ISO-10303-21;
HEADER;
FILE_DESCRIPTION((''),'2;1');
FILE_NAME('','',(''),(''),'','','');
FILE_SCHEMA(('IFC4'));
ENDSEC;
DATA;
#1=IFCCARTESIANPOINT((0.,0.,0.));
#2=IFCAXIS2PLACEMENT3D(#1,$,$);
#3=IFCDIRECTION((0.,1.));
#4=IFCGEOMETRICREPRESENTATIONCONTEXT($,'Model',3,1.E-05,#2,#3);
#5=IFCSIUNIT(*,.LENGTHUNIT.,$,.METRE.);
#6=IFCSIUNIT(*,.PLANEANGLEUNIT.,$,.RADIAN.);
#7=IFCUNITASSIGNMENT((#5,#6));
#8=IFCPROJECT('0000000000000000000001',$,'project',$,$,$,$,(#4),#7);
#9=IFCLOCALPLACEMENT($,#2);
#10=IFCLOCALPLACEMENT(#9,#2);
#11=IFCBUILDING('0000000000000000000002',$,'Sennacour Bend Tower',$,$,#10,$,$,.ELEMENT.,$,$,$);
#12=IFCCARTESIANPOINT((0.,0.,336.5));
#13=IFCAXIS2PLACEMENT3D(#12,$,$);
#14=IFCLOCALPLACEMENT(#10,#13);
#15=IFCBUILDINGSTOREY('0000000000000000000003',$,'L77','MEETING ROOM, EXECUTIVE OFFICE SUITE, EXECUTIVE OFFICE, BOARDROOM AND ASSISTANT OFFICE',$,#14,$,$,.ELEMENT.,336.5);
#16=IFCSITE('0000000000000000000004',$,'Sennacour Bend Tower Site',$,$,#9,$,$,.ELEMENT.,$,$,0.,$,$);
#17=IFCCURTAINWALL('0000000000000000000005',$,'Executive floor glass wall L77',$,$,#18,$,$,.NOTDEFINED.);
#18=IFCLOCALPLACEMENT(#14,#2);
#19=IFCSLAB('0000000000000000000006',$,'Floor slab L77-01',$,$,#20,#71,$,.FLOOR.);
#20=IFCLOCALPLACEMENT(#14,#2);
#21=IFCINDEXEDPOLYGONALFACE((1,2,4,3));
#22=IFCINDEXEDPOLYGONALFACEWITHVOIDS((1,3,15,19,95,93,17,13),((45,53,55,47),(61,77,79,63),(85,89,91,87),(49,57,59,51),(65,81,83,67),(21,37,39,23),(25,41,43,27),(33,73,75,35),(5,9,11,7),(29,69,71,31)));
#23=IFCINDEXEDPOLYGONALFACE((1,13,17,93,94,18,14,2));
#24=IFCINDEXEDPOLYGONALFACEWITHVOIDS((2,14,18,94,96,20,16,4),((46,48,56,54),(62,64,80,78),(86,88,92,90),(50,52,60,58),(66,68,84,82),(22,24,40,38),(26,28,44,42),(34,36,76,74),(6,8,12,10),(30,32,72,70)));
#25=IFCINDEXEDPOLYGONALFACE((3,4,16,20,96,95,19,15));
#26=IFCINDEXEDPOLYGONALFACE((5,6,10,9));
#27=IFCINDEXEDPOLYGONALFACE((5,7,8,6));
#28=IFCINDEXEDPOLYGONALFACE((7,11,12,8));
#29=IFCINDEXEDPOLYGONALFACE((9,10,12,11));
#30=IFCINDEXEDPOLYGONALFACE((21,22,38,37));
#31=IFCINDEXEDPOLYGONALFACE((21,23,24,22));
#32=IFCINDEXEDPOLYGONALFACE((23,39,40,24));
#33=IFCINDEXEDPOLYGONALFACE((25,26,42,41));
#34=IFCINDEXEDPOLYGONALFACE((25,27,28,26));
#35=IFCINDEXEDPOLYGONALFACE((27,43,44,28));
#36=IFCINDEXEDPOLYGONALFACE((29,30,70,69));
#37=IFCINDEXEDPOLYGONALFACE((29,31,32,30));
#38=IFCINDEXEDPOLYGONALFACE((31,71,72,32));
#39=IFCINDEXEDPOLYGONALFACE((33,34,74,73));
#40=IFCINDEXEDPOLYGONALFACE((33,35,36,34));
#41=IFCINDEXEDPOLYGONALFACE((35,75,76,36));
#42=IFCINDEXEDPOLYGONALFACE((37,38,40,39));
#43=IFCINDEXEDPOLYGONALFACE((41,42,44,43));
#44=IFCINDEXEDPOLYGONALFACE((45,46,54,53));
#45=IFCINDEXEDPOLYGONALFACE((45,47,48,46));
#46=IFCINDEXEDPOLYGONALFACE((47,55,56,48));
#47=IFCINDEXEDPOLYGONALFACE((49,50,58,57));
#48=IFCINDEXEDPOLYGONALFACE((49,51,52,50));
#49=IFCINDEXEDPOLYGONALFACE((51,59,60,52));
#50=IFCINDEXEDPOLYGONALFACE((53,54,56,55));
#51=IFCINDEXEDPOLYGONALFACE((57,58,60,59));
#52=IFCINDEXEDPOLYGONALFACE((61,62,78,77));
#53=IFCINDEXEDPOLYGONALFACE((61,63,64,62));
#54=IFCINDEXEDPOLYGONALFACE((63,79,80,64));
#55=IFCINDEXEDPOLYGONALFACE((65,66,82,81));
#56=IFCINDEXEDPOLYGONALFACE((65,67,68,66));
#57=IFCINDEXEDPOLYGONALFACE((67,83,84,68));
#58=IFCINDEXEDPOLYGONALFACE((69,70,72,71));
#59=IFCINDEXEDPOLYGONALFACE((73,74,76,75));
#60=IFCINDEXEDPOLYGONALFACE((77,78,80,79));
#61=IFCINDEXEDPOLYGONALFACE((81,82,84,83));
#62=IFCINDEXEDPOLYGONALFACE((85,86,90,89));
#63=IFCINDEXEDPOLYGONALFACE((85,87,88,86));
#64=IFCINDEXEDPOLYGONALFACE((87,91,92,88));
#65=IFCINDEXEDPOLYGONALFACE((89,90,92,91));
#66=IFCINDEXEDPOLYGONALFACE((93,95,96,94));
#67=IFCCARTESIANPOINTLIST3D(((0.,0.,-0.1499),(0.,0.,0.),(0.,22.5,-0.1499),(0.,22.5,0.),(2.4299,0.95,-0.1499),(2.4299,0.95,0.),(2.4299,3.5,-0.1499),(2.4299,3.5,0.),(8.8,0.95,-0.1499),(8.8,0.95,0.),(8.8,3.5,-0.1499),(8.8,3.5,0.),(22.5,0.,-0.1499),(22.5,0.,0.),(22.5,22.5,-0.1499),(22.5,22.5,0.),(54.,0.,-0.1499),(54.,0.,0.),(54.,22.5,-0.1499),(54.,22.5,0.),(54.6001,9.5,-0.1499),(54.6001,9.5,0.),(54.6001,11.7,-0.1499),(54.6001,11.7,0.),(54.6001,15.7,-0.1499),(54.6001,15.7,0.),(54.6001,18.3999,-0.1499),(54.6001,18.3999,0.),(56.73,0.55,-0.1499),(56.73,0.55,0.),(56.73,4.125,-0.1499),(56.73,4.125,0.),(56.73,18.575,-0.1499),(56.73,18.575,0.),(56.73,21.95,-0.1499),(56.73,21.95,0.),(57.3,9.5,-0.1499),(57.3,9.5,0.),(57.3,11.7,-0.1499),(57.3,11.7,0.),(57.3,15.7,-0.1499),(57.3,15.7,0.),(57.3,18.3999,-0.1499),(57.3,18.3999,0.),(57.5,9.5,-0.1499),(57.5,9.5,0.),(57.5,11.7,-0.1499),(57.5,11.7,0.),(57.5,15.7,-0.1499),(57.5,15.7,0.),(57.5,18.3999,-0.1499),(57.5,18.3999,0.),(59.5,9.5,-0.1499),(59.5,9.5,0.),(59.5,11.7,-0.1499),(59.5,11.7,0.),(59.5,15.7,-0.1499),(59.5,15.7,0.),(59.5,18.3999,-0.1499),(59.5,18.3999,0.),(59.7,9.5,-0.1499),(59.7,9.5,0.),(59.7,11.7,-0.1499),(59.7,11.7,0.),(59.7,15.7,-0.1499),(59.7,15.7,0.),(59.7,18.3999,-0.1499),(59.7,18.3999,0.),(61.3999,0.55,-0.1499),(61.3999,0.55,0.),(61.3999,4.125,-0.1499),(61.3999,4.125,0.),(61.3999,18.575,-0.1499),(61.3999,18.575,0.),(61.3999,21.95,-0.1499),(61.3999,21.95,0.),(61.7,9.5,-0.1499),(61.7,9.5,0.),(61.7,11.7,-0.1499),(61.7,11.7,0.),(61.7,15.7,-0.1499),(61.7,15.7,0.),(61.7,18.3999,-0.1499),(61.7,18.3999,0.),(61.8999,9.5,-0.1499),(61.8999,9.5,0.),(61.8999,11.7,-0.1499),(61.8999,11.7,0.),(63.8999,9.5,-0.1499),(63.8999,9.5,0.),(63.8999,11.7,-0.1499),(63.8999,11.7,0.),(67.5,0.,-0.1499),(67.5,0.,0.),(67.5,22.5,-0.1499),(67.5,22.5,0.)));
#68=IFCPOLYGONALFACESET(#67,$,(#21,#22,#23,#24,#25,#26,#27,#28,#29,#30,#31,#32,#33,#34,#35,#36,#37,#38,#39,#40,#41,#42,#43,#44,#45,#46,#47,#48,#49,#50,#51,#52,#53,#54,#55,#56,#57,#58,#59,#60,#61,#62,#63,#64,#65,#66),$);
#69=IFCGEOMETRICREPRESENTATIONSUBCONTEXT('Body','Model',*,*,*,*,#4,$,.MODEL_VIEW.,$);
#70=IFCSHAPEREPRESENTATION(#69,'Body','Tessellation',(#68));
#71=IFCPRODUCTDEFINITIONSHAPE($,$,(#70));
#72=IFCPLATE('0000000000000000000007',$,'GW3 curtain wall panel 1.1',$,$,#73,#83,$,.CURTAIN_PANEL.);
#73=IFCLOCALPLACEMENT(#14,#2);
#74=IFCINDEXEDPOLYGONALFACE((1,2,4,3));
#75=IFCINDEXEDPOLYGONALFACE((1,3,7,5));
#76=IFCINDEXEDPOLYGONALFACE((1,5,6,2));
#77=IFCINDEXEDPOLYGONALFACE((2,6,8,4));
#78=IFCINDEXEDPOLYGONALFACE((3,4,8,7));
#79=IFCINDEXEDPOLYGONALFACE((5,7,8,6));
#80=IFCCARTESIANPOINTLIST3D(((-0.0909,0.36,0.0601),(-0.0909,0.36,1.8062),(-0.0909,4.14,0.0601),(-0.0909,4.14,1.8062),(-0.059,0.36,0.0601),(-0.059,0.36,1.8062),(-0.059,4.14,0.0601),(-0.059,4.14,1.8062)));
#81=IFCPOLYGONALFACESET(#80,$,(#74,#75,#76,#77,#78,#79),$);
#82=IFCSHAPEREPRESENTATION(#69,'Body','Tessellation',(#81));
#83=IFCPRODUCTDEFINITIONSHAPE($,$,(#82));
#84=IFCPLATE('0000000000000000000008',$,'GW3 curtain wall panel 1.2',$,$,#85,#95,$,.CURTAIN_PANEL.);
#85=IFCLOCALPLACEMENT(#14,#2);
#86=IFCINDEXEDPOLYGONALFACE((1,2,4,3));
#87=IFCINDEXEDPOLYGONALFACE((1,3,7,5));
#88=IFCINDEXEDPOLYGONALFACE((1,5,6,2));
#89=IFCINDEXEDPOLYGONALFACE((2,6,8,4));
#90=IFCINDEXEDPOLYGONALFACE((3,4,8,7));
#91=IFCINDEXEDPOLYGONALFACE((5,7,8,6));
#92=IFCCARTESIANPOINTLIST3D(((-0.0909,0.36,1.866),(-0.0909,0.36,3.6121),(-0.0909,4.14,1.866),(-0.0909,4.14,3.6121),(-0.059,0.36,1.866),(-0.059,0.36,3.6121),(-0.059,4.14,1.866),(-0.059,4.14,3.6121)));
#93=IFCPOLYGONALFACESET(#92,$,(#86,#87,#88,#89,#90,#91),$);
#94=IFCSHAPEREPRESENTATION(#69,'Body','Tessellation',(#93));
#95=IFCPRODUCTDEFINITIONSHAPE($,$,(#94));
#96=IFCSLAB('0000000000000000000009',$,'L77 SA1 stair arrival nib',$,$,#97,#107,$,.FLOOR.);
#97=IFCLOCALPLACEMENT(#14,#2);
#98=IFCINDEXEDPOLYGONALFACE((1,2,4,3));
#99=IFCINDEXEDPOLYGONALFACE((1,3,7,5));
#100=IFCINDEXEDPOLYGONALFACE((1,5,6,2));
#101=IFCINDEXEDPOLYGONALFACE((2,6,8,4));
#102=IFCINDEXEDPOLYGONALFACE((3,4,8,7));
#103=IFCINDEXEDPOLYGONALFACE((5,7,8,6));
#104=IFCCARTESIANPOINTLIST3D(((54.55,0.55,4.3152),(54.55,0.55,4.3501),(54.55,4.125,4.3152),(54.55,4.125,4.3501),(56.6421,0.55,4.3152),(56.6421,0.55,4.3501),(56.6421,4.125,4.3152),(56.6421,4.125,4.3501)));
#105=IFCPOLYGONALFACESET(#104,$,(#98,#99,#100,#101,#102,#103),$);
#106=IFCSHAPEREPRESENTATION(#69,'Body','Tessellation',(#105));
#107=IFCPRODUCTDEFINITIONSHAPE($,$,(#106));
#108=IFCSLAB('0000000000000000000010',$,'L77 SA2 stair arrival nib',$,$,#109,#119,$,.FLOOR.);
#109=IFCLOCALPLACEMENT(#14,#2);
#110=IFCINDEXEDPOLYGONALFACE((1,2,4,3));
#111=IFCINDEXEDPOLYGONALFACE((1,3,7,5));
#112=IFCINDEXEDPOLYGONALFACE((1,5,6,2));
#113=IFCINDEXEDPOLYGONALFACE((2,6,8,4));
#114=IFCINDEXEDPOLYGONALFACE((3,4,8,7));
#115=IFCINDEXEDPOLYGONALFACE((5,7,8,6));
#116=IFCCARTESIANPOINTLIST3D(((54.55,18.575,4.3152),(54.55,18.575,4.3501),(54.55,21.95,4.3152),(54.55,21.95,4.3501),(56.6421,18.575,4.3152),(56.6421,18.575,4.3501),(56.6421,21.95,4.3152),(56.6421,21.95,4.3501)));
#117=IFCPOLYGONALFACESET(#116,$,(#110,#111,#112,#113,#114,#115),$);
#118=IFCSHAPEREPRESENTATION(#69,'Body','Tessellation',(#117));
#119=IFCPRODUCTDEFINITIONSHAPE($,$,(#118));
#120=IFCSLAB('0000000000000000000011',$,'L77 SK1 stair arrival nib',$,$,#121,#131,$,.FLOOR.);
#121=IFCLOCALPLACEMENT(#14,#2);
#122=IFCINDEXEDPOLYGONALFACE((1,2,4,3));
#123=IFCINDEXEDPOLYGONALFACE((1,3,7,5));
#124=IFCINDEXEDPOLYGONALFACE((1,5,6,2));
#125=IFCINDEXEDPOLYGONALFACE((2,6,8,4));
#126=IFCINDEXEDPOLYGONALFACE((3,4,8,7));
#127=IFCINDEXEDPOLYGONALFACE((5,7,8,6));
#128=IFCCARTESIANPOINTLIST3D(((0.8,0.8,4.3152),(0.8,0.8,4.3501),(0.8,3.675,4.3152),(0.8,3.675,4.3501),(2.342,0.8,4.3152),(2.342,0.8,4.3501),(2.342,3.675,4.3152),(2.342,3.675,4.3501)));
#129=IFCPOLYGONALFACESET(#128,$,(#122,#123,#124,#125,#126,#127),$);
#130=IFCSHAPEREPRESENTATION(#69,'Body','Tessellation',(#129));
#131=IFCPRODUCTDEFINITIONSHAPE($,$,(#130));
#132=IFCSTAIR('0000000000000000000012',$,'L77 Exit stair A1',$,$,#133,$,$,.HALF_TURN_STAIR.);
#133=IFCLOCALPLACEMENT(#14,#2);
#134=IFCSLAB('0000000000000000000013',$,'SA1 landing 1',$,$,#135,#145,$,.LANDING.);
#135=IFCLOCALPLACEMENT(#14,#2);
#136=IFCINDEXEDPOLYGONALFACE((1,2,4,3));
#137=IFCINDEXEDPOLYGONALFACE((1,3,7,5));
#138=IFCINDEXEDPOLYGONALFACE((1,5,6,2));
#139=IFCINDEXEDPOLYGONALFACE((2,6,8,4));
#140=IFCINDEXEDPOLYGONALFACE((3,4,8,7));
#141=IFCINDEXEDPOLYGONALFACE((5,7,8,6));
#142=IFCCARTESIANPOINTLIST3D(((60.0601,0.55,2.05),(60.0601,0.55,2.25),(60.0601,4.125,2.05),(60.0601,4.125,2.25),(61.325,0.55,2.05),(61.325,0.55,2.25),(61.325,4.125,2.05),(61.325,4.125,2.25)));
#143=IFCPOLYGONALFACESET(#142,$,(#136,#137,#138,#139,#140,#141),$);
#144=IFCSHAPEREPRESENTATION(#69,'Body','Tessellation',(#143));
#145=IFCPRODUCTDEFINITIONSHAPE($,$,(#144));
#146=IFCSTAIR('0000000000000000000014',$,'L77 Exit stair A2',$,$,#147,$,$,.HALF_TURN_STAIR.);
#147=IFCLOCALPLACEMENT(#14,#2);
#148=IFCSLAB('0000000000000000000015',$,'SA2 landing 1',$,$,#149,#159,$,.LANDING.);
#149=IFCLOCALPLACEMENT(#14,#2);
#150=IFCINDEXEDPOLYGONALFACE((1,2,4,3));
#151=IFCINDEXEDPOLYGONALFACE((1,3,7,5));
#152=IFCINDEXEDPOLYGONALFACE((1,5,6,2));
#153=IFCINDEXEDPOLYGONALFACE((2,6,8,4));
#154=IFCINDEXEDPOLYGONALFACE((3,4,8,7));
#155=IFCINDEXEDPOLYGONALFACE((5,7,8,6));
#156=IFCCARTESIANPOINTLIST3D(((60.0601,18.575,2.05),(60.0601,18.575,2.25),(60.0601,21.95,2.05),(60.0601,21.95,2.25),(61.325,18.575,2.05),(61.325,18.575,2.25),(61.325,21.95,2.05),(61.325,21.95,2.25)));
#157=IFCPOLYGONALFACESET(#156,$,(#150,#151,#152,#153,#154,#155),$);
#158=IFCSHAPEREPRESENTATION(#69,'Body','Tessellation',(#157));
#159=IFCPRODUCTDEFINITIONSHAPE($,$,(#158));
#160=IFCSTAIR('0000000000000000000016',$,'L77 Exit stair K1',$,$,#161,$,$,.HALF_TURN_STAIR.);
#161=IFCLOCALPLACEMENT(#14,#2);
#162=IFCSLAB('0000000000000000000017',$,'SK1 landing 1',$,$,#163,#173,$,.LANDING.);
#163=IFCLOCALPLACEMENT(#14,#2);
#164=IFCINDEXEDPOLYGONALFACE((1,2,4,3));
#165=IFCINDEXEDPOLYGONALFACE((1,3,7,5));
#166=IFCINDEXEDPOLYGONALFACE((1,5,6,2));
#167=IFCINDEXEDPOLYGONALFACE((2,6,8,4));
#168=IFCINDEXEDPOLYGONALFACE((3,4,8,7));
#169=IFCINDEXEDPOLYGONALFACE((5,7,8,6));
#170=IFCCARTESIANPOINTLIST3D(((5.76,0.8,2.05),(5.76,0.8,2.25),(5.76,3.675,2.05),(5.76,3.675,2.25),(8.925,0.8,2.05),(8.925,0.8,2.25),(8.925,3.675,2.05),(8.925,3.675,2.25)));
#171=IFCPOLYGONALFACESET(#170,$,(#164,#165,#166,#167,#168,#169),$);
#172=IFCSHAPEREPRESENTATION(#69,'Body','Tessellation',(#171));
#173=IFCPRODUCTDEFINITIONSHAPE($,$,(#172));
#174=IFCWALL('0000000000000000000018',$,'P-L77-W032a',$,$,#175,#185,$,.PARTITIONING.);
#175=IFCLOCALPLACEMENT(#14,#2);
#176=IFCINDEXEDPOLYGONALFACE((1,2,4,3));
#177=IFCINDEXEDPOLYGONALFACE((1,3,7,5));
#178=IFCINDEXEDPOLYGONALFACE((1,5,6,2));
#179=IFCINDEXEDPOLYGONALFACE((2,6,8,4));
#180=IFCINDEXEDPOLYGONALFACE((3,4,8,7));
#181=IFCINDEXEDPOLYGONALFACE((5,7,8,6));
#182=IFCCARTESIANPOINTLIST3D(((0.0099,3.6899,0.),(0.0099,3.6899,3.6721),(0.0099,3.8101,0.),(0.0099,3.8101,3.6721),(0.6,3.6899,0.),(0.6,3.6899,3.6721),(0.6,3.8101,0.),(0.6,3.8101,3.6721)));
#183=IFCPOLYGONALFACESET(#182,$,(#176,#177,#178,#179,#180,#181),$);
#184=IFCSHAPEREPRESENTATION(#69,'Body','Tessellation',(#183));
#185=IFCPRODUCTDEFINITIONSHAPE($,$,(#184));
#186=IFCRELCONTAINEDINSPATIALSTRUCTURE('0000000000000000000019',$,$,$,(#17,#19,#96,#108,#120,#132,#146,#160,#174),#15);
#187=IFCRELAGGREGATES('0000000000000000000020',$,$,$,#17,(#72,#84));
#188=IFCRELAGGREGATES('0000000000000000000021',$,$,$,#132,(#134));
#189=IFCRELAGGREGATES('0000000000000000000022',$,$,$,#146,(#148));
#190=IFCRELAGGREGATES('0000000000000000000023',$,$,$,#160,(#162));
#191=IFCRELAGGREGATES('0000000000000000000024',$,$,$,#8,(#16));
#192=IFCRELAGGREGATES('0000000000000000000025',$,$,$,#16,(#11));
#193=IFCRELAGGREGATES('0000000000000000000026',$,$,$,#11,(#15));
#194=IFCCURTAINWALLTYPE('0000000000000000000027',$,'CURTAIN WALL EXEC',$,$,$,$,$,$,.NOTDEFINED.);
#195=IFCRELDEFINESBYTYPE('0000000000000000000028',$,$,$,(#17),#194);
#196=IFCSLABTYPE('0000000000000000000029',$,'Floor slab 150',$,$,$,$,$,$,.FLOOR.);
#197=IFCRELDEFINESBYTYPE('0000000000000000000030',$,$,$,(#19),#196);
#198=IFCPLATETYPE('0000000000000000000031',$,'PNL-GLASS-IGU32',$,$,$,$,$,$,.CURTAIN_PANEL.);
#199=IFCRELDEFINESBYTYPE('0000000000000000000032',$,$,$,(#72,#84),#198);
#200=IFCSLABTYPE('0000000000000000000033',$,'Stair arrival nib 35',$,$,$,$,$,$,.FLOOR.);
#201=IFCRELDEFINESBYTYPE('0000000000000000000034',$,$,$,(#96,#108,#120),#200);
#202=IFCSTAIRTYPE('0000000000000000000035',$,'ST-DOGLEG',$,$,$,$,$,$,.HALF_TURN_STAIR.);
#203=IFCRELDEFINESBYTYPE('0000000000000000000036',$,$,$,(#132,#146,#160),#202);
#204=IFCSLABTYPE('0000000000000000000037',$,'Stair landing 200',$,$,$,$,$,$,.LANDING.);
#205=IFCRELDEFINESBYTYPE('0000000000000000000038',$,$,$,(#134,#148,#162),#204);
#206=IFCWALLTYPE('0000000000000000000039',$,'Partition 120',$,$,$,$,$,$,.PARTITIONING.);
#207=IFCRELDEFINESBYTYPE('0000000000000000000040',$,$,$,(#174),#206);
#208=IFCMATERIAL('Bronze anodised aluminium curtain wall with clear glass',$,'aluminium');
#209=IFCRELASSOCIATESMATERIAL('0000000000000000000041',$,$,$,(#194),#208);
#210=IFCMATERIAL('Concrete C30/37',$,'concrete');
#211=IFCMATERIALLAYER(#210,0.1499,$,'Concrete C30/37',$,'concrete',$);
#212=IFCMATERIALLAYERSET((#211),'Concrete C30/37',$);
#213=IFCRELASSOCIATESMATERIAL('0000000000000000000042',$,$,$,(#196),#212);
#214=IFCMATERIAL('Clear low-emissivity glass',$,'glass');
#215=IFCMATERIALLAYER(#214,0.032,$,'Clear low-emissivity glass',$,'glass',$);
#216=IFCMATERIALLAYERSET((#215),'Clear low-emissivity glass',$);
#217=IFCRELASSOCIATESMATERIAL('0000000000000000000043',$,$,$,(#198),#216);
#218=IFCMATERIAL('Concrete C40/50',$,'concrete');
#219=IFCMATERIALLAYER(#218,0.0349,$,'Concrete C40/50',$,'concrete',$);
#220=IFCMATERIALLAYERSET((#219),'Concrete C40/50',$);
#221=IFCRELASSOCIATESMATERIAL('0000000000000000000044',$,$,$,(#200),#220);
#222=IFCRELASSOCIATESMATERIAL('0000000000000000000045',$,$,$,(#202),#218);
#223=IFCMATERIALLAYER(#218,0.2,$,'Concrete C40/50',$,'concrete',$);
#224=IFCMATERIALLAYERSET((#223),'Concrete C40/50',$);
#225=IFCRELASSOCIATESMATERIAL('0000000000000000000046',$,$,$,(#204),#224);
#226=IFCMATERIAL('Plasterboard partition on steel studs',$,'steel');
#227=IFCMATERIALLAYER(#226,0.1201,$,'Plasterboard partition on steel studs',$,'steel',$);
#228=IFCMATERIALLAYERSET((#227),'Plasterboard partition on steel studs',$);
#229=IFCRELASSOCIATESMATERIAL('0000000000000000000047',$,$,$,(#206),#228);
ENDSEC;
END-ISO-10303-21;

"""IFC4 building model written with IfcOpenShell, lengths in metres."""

from ifc_helpers import new_model, si_unit, direction, frame, frame_2d, origin, origin_2d, place, context, subcontext, project, spatial, polyline, rectangle, outline, extrude, material, layer, layer_set, type_object, element, aggregate, save


model = new_model("IFC4")

# Units and contexts
model_context = context("Model", 3, precision=1e-05, world=origin(), true_north=direction((0.0, 1.0)))
body_context = subcontext(model_context, "Body", "Model", "MODEL_VIEW")
ifc_project = project(units=[si_unit("LENGTHUNIT", "METRE"), si_unit("PLANEANGLEUNIT", "RADIAN")], contexts=[model_context])

# Site, building, storey
site_placement = place(None, origin())
site = spatial("IfcSite", under=ifc_project, at=site_placement, Name="Sennacour Bend Tower Site", CompositionType="ELEMENT", RefElevation=0.0)
building_placement = place(site_placement, origin())
building = spatial("IfcBuilding", under=site, at=building_placement, Name="Sennacour Bend Tower", CompositionType="ELEMENT")
storey_placement = place(building_placement, frame((0.0, 0.0, 336.5)))
storey = spatial("IfcBuildingStorey", under=building, at=storey_placement, Name="L77", Description="MEETING ROOM, EXECUTIVE OFFICE SUITE, EXECUTIVE OFFICE, BOARDROOM AND ASSISTANT OFFICE", CompositionType="ELEMENT", Elevation=336.5)

# Shared definitions
ifc_material_1 = material(Name="Bronze anodised aluminium curtain wall with clear glass", Category="aluminium")
curtain_wall_type = type_object("IfcCurtainWallType", Name="CURTAIN WALL EXEC", PredefinedType="NOTDEFINED", material=ifc_material_1)

# Curtain wall
curtain_wall_1_placement = place(storey_placement, origin())
curtain_wall_1 = element("IfcCurtainWall", 1, at=curtain_wall_1_placement, inside=storey, type_object=curtain_wall_type, Name="Executive floor glass wall L77", PredefinedType="NOTDEFINED")

# Slab
ifc_material_2 = material(Name="Concrete C30/37", Category="concrete")
ifc_layer_1 = layer(ifc_material_2, 0.1499, Name="Concrete C30/37", Category="concrete")
ifc_layer_set_1 = layer_set([ifc_layer_1], Name="Concrete C30/37")
slab_type_1 = type_object("IfcSlabType", Name="Floor slab 150", PredefinedType="FLOOR", material=ifc_layer_set_1)
slab_1_placement = place(storey_placement, frame((0.0, 0.0, -0.1499)))
element("IfcSlab", 2, at=slab_1_placement, inside=storey, type_object=slab_type_1, Name="Floor slab L77-01", PredefinedType="FLOOR", context=body_context, shape_type="SweptSolid", body=[
    extrude(outline(polyline([(0.0, 22.5), (22.5, 22.5), (54.0, 22.5), (67.5, 22.5), (67.5, 0.0), (54.0, 0.0), (22.5, 0.0), (0.0, 0.0), (0.0, 22.5)]), holes=[polyline([(8.8, 3.5), (2.4299, 3.5), (2.4299, 0.95), (8.8, 0.95), (8.8, 3.5)]), polyline([(61.3999, 4.125), (56.73, 4.125), (56.73, 0.55), (61.3999, 0.55), (61.3999, 4.125)]), polyline([(57.3, 11.7), (54.6001, 11.7), (54.6001, 9.5), (57.3, 9.5), (57.3, 11.7)]), polyline([(59.5, 9.5), (59.5, 11.7), (57.5, 11.7), (57.5, 9.5), (59.5, 9.5)]), polyline([(61.7, 9.5), (61.7, 11.7), (59.7, 11.7), (59.7, 9.5), (61.7, 9.5)]), polyline([(63.8999, 11.7), (61.8999, 11.7), (61.8999, 9.5), (63.8999, 9.5), (63.8999, 11.7)]), polyline([(57.3, 18.3999), (54.6001, 18.3999), (54.6001, 15.7), (57.3, 15.7), (57.3, 18.3999)]), polyline([(59.5, 18.3999), (57.5, 18.3999), (57.5, 15.7), (59.5, 15.7), (59.5, 18.3999)]), polyline([(61.7, 15.7), (61.7, 18.3999), (59.7, 18.3999), (59.7, 15.7), (61.7, 15.7)]), polyline([(61.3999, 18.575), (61.3999, 21.95), (56.73, 21.95), (56.73, 18.575), (61.3999, 18.575)])]), origin(), (0.0, 0.0, 1.0), 0.1499),
])

# Plates
ifc_material_3 = material(Name="Clear low-emissivity glass", Category="glass")
ifc_layer_2 = layer(ifc_material_3, 0.032, Name="Clear low-emissivity glass", Category="glass")
ifc_layer_set_2 = layer_set([ifc_layer_2], Name="Clear low-emissivity glass")
plate_type = type_object("IfcPlateType", Name="PNL-GLASS-IGU32", PredefinedType="CURTAIN_PANEL", material=ifc_layer_set_2)
plate_1_placement = place(storey_placement, frame((-0.075, 2.25, 0.0601), z_axis=(0.0, 0.0, 1.0), x_axis=(0.0, -1.0, 0.0)))
plate_1 = element("IfcPlate", 3, at=plate_1_placement, type_object=plate_type, Name="GW3 curtain wall panel 1.1", PredefinedType="CURTAIN_PANEL", context=body_context, shape_type="SweptSolid", body=[
    extrude(rectangle(XDim=3.78, YDim=0.032, at=origin_2d()), origin(), (0.0, 0.0, 1.0), 1.7461),
])
plate_2_placement = place(storey_placement, frame((-0.075, 2.25, 1.866), z_axis=(0.0, 0.0, 1.0), x_axis=(0.0, -1.0, 0.0)))
plate_2 = element("IfcPlate", 4, at=plate_2_placement, type_object=plate_type, Name="GW3 curtain wall panel 1.2", PredefinedType="CURTAIN_PANEL", context=body_context, shape_type="SweptSolid", body=[
    extrude(rectangle(XDim=3.78, YDim=0.032, at=origin_2d()), origin(), (0.0, 0.0, 1.0), 1.7461),
])
aggregate(curtain_wall_1, [plate_1, plate_2])

# Slabs
ifc_material_4 = material(Name="Concrete C40/50", Category="concrete")
ifc_layer_3 = layer(ifc_material_4, 0.0349, Name="Concrete C40/50", Category="concrete")
ifc_layer_set_3 = layer_set([ifc_layer_3], Name="Concrete C40/50")
slab_type_2 = type_object("IfcSlabType", Name="Stair arrival nib 35", PredefinedType="FLOOR", material=ifc_layer_set_3)
slab_2_placement = place(storey_placement, frame((0.0, 0.0, 4.3152)))
element("IfcSlab", 5, at=slab_2_placement, inside=storey, type_object=slab_type_2, Name="L77 SA1 stair arrival nib", PredefinedType="FLOOR", context=body_context, shape_type="SweptSolid", body=[
    extrude(outline(polyline([(56.6421, 4.125), (54.55, 4.125), (54.55, 0.55), (56.6421, 0.55), (56.6421, 4.125)])), origin(), (0.0, 0.0, 1.0), 0.0349),
])
slab_3_placement = place(storey_placement, frame((0.0, 0.0, 4.3152)))
element("IfcSlab", 6, at=slab_3_placement, inside=storey, type_object=slab_type_2, Name="L77 SA2 stair arrival nib", PredefinedType="FLOOR", context=body_context, shape_type="SweptSolid", body=[
    extrude(outline(polyline([(56.6421, 21.95), (54.55, 21.95), (54.55, 18.575), (56.6421, 18.575), (56.6421, 21.95)])), origin(), (0.0, 0.0, 1.0), 0.0349),
])
slab_4_placement = place(storey_placement, frame((0.0, 0.0, 4.3152)))
element("IfcSlab", 7, at=slab_4_placement, inside=storey, type_object=slab_type_2, Name="L77 SK1 stair arrival nib", PredefinedType="FLOOR", context=body_context, shape_type="SweptSolid", body=[
    extrude(outline(polyline([(2.342, 3.675), (0.8, 3.675), (0.8, 0.8), (2.342, 0.8), (2.342, 3.675)])), origin(), (0.0, 0.0, 1.0), 0.0349),
])

# Stairs, slabs
stair_type = type_object("IfcStairType", Name="ST-DOGLEG", PredefinedType="HALF_TURN_STAIR", material=ifc_material_4)
stair_1_placement = place(storey_placement, origin())
stair_1 = element("IfcStair", 8, at=stair_1_placement, inside=storey, type_object=stair_type, Name="L77 Exit stair A1", PredefinedType="HALF_TURN_STAIR")
ifc_layer_4 = layer(ifc_material_4, 0.2, Name="Concrete C40/50", Category="concrete")
ifc_layer_set_4 = layer_set([ifc_layer_4], Name="Concrete C40/50")
slab_type_3 = type_object("IfcSlabType", Name="Stair landing 200", PredefinedType="LANDING", material=ifc_layer_set_4)
slab_5_placement = place(storey_placement, frame((0.0, 0.0, 2.05)))
slab_5 = element("IfcSlab", 9, at=slab_5_placement, type_object=slab_type_3, Name="SA1 landing 1", PredefinedType="LANDING", context=body_context, shape_type="SweptSolid", body=[
    extrude(outline(polyline([(60.0601, 0.55), (61.325, 0.55), (61.325, 4.125), (60.0601, 4.125), (60.0601, 0.55)])), origin(), (0.0, 0.0, 1.0), 0.2),
])
aggregate(stair_1, [slab_5])
stair_2_placement = place(storey_placement, origin())
stair_2 = element("IfcStair", 10, at=stair_2_placement, inside=storey, type_object=stair_type, Name="L77 Exit stair A2", PredefinedType="HALF_TURN_STAIR")
slab_6_placement = place(storey_placement, frame((0.0, 0.0, 2.05)))
slab_6 = element("IfcSlab", 11, at=slab_6_placement, type_object=slab_type_3, Name="SA2 landing 1", PredefinedType="LANDING", context=body_context, shape_type="SweptSolid", body=[
    extrude(outline(polyline([(60.0601, 18.575), (61.325, 18.575), (61.325, 21.95), (60.0601, 21.95), (60.0601, 18.575)])), origin(), (0.0, 0.0, 1.0), 0.2),
])
aggregate(stair_2, [slab_6])
stair_3_placement = place(storey_placement, origin())
stair_3 = element("IfcStair", 12, at=stair_3_placement, inside=storey, type_object=stair_type, Name="L77 Exit stair K1", PredefinedType="HALF_TURN_STAIR")
slab_7_placement = place(storey_placement, frame((0.0, 0.0, 2.05)))
slab_7 = element("IfcSlab", 13, at=slab_7_placement, type_object=slab_type_3, Name="SK1 landing 1", PredefinedType="LANDING", context=body_context, shape_type="SweptSolid", body=[
    extrude(outline(polyline([(5.76, 0.8), (8.925, 0.8), (8.925, 3.675), (5.76, 3.675), (5.76, 0.8)])), origin(), (0.0, 0.0, 1.0), 0.2),
])
aggregate(stair_3, [slab_7])

# Wall
ifc_material_5 = material(Name="Plasterboard partition on steel studs", Category="steel")
ifc_layer_5 = layer(ifc_material_5, 0.1201, Name="Plasterboard partition on steel studs", Category="steel")
ifc_layer_set_5 = layer_set([ifc_layer_5], Name="Plasterboard partition on steel studs")
wall_type = type_object("IfcWallType", Name="Partition 120", PredefinedType="PARTITIONING", material=ifc_layer_set_5)
wall_placement = place(storey_placement, frame((0.01, 3.75, 0.0), z_axis=(0.0, 0.0, 1.0), x_axis=(1.0, 0.0, 0.0)))
element("IfcWall", 14, at=wall_placement, inside=storey, type_object=wall_type, Name="P-L77-W032a", PredefinedType="PARTITIONING", context=body_context, shape_type="SweptSolid", body=[
    extrude(rectangle(XDim=0.5901, YDim=0.1201, at=frame_2d((0.2949, 0.0))), origin(), (0.0, 0.0, 1.0), 3.6721),
])

save(model, "model.ifc")
